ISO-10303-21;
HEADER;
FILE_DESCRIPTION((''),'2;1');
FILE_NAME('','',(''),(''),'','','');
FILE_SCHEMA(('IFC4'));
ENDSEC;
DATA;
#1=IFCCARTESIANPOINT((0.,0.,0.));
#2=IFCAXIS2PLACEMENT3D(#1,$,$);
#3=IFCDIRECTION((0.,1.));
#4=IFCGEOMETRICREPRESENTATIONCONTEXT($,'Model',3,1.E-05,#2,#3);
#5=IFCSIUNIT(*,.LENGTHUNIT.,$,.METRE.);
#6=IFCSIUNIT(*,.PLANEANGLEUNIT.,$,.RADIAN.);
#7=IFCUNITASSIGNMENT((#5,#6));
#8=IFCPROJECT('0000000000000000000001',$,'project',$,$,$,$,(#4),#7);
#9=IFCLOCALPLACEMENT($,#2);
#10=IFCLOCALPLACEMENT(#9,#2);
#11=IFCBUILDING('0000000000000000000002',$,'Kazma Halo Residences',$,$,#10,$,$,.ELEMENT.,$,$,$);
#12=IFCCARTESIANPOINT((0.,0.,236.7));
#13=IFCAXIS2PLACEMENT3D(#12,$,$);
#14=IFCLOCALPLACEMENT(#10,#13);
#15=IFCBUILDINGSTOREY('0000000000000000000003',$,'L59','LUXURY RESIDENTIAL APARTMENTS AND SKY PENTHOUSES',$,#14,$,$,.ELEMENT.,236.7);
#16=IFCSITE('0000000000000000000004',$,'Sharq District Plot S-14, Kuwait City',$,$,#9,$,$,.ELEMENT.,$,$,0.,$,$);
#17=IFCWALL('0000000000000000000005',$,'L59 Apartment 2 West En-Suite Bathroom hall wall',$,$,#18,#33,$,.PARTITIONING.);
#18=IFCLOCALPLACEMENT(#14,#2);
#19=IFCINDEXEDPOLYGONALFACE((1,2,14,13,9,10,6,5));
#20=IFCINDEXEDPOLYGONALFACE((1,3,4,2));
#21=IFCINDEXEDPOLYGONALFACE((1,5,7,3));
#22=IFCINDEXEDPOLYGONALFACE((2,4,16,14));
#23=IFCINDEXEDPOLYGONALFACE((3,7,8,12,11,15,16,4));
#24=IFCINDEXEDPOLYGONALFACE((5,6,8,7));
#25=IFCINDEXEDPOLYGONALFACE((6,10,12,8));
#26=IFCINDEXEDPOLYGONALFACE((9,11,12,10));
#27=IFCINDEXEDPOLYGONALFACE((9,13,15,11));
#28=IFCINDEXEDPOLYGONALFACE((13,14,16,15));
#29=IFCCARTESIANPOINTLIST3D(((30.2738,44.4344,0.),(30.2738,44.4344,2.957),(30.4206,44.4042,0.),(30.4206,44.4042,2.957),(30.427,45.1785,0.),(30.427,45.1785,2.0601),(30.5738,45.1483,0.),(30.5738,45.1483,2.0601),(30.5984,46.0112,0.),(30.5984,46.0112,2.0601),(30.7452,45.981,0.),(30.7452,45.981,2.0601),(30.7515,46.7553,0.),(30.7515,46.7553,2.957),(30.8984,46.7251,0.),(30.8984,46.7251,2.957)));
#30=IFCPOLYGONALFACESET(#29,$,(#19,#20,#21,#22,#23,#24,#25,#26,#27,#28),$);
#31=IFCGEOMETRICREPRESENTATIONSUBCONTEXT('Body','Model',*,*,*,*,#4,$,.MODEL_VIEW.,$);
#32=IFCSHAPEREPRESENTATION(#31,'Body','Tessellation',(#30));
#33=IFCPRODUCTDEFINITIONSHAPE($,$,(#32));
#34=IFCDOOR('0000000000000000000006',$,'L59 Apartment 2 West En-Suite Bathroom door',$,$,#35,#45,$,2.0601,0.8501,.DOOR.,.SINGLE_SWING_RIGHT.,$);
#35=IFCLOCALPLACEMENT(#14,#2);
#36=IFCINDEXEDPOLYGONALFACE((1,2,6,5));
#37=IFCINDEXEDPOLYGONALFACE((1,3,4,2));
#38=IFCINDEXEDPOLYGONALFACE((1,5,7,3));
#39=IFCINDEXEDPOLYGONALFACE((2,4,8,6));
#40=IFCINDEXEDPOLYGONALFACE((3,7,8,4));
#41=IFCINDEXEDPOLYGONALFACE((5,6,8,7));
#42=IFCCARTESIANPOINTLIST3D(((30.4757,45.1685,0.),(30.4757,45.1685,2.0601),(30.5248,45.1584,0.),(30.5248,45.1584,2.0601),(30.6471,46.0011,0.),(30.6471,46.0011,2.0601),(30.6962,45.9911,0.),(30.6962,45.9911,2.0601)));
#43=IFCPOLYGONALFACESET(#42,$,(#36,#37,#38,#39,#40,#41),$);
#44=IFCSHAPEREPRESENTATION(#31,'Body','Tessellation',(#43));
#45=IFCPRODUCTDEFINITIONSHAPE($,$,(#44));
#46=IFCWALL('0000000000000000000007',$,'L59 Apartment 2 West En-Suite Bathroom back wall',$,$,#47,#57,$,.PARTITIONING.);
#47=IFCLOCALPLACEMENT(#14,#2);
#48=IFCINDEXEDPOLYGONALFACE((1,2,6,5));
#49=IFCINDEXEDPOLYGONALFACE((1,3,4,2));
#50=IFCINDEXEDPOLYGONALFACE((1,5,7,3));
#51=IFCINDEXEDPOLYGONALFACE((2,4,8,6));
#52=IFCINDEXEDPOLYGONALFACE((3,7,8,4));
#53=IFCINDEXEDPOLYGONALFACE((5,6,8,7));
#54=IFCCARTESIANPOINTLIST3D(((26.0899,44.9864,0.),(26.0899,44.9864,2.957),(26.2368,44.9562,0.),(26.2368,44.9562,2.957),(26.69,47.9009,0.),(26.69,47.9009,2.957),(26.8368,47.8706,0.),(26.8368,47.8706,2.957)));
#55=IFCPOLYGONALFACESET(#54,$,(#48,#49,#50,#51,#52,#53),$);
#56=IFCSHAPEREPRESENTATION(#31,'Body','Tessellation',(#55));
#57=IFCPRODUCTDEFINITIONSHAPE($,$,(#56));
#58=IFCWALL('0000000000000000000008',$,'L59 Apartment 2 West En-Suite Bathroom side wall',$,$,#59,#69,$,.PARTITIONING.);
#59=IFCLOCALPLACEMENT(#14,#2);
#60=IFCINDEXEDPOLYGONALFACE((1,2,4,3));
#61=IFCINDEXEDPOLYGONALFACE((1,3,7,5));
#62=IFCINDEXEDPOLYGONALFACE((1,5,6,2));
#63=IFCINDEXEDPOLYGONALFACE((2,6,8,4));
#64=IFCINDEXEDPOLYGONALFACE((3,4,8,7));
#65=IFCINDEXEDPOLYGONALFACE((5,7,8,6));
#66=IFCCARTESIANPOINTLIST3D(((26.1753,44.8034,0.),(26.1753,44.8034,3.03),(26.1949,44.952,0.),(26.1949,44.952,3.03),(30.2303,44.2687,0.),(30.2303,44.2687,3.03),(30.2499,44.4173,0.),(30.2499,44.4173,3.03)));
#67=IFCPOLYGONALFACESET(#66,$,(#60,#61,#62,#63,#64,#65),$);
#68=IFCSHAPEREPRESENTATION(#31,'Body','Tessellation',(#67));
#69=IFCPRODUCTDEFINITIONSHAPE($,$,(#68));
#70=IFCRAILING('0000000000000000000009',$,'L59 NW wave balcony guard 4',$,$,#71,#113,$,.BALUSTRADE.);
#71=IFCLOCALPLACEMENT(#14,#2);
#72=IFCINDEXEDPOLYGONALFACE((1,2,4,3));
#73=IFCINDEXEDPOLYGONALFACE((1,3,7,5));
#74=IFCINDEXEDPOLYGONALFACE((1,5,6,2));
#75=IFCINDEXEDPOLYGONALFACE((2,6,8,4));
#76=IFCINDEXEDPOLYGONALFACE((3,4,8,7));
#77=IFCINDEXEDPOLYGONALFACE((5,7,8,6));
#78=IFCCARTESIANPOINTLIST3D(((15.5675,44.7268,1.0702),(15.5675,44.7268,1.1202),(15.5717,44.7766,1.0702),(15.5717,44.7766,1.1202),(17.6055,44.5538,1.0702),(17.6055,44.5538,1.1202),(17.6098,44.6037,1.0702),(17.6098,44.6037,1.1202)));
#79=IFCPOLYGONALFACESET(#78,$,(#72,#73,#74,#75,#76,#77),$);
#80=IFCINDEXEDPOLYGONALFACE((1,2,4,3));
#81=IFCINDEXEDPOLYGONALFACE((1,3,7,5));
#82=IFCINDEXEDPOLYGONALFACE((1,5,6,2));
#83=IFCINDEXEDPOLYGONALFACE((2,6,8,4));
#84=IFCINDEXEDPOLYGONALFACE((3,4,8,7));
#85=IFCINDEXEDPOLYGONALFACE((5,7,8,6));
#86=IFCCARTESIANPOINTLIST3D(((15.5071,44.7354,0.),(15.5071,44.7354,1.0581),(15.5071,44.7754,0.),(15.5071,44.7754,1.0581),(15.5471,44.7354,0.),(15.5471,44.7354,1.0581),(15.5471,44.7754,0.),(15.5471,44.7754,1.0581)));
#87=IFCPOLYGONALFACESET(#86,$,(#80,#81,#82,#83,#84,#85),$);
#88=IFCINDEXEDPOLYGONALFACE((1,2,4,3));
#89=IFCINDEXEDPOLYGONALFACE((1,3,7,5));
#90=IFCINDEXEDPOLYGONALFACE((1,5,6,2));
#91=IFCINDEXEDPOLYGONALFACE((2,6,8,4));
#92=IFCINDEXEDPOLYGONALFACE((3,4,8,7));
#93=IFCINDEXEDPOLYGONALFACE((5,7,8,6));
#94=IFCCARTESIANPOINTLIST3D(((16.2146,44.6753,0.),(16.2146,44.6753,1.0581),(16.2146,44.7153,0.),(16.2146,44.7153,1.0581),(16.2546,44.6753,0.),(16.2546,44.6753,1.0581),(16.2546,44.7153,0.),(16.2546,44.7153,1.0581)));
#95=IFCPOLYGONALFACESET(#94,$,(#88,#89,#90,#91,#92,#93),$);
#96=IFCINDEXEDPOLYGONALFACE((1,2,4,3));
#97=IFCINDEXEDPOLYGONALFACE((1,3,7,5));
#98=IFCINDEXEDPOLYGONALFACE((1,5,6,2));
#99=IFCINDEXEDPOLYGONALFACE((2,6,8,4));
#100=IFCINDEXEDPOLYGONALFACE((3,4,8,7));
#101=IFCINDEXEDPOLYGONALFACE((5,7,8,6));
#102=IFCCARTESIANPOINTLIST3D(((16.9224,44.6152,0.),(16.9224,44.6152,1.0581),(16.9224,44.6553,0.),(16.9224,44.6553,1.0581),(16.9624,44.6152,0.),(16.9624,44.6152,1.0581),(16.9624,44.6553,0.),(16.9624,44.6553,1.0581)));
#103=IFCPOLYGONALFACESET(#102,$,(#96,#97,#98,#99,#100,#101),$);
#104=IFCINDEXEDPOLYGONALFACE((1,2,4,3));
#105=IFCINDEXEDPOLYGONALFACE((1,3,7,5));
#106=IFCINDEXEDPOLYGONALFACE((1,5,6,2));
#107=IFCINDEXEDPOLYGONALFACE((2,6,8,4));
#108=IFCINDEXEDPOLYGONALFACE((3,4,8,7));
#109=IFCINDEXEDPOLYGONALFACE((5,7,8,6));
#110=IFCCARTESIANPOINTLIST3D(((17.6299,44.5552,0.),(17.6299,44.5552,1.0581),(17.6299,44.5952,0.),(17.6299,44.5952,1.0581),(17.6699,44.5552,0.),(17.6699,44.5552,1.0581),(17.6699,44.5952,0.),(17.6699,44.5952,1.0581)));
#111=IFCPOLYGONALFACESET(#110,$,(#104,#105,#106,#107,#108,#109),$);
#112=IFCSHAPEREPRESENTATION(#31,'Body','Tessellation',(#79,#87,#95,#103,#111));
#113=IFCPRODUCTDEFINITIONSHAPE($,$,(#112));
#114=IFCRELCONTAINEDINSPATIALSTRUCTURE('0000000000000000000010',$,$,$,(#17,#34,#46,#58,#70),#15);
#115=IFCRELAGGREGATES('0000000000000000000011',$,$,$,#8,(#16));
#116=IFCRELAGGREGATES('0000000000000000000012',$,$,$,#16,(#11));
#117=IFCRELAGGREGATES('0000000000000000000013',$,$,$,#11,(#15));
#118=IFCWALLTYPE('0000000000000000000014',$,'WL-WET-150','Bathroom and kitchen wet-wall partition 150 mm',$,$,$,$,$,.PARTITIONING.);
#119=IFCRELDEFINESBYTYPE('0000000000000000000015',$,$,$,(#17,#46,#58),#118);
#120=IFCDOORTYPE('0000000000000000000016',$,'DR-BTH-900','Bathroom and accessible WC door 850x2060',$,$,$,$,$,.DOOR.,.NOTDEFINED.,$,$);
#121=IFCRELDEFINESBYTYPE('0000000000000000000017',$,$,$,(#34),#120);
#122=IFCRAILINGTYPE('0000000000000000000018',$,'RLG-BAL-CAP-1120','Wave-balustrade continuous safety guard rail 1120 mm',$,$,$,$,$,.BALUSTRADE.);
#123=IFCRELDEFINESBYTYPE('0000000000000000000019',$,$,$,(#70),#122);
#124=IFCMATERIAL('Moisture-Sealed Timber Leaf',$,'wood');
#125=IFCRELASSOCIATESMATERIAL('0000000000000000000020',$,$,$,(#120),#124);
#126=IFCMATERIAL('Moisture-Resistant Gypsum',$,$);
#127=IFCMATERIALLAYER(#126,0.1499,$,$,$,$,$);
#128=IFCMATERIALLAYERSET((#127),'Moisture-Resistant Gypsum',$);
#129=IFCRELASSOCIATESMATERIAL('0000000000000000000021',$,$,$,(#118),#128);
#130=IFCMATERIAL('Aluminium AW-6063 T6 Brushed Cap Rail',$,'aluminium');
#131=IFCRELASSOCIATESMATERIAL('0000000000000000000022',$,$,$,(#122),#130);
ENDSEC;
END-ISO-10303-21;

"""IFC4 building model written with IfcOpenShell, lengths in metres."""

from ifc_helpers import new_model, si_unit, direction, frame, frame_2d, origin, origin_2d, place, context, subcontext, project, spatial, rectangle, extrude, material, layer, layer_set, type_object, element, fill, save


model = new_model("IFC4")

# Units and contexts
model_context = context("Model", 3, precision=1e-05, world=origin(), true_north=direction((0.0, 1.0)))
body_context = subcontext(model_context, "Body", "Model", "MODEL_VIEW")
ifc_project = project(units=[si_unit("LENGTHUNIT", "METRE"), si_unit("PLANEANGLEUNIT", "RADIAN")], contexts=[model_context])

# Site, building, storey
site_placement = place(None, origin())
site = spatial("IfcSite", under=ifc_project, at=site_placement, Name="Sharq District Plot S-14, Kuwait City", CompositionType="ELEMENT", RefElevation=0.0)
building_placement = place(site_placement, origin())
building = spatial("IfcBuilding", under=site, at=building_placement, Name="Kazma Halo Residences", CompositionType="ELEMENT")
storey_placement = place(building_placement, frame((0.0, 0.0, 236.7)))
storey = spatial("IfcBuildingStorey", under=building, at=storey_placement, Name="L59", Description="LUXURY RESIDENTIAL APARTMENTS AND SKY PENTHOUSES", CompositionType="ELEMENT", Elevation=236.7)

# Shared definitions
ifc_material_1 = material(Name="Moisture-Sealed Timber Leaf", Category="wood")
door_type = type_object("IfcDoorType", Name="DR-BTH-900", Description="Bathroom and accessible WC door 850x2060", OperationType="NOTDEFINED", PredefinedType="DOOR", material=ifc_material_1)

# Wall, opening, door
ifc_material_2 = material(Name="Moisture-Resistant Gypsum")
ifc_layer_1 = layer(ifc_material_2, 0.1499)
ifc_layer_set_1 = layer_set([ifc_layer_1], Name="Moisture-Resistant Gypsum")
wall_type_1 = type_object("IfcWallType", Name="WL-WET-150", Description="Bathroom and kitchen wet-wall partition 150 mm", PredefinedType="PARTITIONING", material=ifc_layer_set_1)
wall_1_placement = place(storey_placement, frame((30.825, 46.7402, 0.0), z_axis=(0.0, 0.0, 1.0), x_axis=(-0.201621, -0.979464, 0.0)))
wall_1 = element("IfcWall", 1, at=wall_1_placement, inside=storey, type_object=wall_type_1, Name="L59 Apartment 2 West En-Suite Bathroom hall wall", PredefinedType="PARTITIONING", context=body_context, shape_type="SweptSolid", body=[
    extrude(rectangle(XDim=2.3696, YDim=0.1499, at=frame_2d((1.1848, 0.0))), origin(), (0.0, 0.0, 1.0), 2.957),
])
opening_1_placement = place(wall_1_placement, frame((0.7598, 0.0, 0.0)))
opening_1 = element("IfcOpeningElement", 2, at=opening_1_placement, cuts=wall_1, PredefinedType="OPENING", context=body_context, shape_type="SweptSolid", body=[
    extrude(rectangle(XDim=0.8501, YDim=2.0601, at=frame_2d((0.425, 1.03))), frame((0.0, 0.085, 0.0), z_axis=(0.0, -1.0, 0.0), x_axis=(1.0, 0.0, 0.0)), (0.0, 0.0, 1.0), 0.1699),
])
door_1_placement = place(opening_1_placement, origin())
door_1 = element("IfcDoor", 3, at=door_1_placement, inside=storey, type_object=door_type, Name="L59 Apartment 2 West En-Suite Bathroom door", OperationType="SINGLE_SWING_RIGHT", OverallHeight=2.0601, OverallWidth=0.8501, PredefinedType="DOOR", context=body_context, shape_type="SweptSolid", body=[
    extrude(rectangle(XDim=0.8501, YDim=2.0601, at=frame_2d((0.425, 1.03))), frame((0.0, 0.0249, 0.0), z_axis=(0.0, -1.0, 0.0), x_axis=(1.0, 0.0, 0.0)), (0.0, 0.0, 1.0), 0.05),
])
fill(opening_1, door_1)

# Walls
wall_2_placement = place(storey_placement, frame((26.7634, 47.8857, 0.0), z_axis=(0.0, 0.0, 1.0), x_axis=(-0.201667, -0.979454, 0.0)))
element("IfcWall", 4, at=wall_2_placement, inside=storey, type_object=wall_type_1, Name="L59 Apartment 2 West En-Suite Bathroom back wall", PredefinedType="PARTITIONING", context=body_context, shape_type="SweptSolid", body=[
    extrude(rectangle(XDim=2.9756, YDim=0.1499, at=frame_2d((1.4878, 0.0))), origin(), (0.0, 0.0, 1.0), 2.957),
])
wall_3_placement = place(storey_placement, frame((30.24, 44.343, 0.0), z_axis=(0.0, 0.0, 1.0), x_axis=(-0.991419, 0.130725, 0.0)))
element("IfcWall", 5, at=wall_3_placement, inside=storey, type_object=wall_type_1, Name="L59 Apartment 2 West En-Suite Bathroom side wall", PredefinedType="PARTITIONING", context=body_context, shape_type="SweptSolid", body=[
    extrude(rectangle(XDim=4.0901, YDim=0.1499, at=frame_2d((2.0449, 0.0))), origin(), (0.0, 0.0, 1.0), 3.03),
])

# Railing
ifc_material_3 = material(Name="Aluminium AW-6063 T6 Brushed Cap Rail", Category="aluminium")
railing_type = type_object("IfcRailingType", Name="RLG-BAL-CAP-1120", Description="Wave-balustrade continuous safety guard rail 1120 mm", PredefinedType="BALUSTRADE", material=ifc_material_3)
railing_placement = place(storey_placement, frame((15.5271, 44.7554, 0.0)))
element("IfcRailing", 6, at=railing_placement, inside=storey, type_object=railing_type, Name="L59 NW wave balcony guard 4", PredefinedType="BALUSTRADE", context=body_context, shape_type="SweptSolid", body=[
    extrude(rectangle(XDim=0.05, YDim=0.05, at=origin_2d()), frame((0.0425, -0.0037, 1.0952), z_axis=(0.996417, -0.084572, 0.0), x_axis=(0.084572, 0.996417, 0.0)), (0.0, 0.0, 1.0), 2.0454),
    extrude(rectangle(XDim=0.04, YDim=0.04, at=origin_2d()), origin(), (0.0, 0.0, 1.0), 1.0581),
    extrude(rectangle(XDim=0.04, YDim=0.04, at=origin_2d()), frame((0.7075, -0.0601, 0.0)), (0.0, 0.0, 1.0), 1.0581),
    extrude(rectangle(XDim=0.04, YDim=0.04, at=origin_2d()), frame((1.4153, -0.1201, 0.0)), (0.0, 0.0, 1.0), 1.0581),
    extrude(rectangle(XDim=0.04, YDim=0.04, at=origin_2d()), frame((2.1228, -0.1802, 0.0)), (0.0, 0.0, 1.0), 1.0581),
])

save(model, "model.ifc")
